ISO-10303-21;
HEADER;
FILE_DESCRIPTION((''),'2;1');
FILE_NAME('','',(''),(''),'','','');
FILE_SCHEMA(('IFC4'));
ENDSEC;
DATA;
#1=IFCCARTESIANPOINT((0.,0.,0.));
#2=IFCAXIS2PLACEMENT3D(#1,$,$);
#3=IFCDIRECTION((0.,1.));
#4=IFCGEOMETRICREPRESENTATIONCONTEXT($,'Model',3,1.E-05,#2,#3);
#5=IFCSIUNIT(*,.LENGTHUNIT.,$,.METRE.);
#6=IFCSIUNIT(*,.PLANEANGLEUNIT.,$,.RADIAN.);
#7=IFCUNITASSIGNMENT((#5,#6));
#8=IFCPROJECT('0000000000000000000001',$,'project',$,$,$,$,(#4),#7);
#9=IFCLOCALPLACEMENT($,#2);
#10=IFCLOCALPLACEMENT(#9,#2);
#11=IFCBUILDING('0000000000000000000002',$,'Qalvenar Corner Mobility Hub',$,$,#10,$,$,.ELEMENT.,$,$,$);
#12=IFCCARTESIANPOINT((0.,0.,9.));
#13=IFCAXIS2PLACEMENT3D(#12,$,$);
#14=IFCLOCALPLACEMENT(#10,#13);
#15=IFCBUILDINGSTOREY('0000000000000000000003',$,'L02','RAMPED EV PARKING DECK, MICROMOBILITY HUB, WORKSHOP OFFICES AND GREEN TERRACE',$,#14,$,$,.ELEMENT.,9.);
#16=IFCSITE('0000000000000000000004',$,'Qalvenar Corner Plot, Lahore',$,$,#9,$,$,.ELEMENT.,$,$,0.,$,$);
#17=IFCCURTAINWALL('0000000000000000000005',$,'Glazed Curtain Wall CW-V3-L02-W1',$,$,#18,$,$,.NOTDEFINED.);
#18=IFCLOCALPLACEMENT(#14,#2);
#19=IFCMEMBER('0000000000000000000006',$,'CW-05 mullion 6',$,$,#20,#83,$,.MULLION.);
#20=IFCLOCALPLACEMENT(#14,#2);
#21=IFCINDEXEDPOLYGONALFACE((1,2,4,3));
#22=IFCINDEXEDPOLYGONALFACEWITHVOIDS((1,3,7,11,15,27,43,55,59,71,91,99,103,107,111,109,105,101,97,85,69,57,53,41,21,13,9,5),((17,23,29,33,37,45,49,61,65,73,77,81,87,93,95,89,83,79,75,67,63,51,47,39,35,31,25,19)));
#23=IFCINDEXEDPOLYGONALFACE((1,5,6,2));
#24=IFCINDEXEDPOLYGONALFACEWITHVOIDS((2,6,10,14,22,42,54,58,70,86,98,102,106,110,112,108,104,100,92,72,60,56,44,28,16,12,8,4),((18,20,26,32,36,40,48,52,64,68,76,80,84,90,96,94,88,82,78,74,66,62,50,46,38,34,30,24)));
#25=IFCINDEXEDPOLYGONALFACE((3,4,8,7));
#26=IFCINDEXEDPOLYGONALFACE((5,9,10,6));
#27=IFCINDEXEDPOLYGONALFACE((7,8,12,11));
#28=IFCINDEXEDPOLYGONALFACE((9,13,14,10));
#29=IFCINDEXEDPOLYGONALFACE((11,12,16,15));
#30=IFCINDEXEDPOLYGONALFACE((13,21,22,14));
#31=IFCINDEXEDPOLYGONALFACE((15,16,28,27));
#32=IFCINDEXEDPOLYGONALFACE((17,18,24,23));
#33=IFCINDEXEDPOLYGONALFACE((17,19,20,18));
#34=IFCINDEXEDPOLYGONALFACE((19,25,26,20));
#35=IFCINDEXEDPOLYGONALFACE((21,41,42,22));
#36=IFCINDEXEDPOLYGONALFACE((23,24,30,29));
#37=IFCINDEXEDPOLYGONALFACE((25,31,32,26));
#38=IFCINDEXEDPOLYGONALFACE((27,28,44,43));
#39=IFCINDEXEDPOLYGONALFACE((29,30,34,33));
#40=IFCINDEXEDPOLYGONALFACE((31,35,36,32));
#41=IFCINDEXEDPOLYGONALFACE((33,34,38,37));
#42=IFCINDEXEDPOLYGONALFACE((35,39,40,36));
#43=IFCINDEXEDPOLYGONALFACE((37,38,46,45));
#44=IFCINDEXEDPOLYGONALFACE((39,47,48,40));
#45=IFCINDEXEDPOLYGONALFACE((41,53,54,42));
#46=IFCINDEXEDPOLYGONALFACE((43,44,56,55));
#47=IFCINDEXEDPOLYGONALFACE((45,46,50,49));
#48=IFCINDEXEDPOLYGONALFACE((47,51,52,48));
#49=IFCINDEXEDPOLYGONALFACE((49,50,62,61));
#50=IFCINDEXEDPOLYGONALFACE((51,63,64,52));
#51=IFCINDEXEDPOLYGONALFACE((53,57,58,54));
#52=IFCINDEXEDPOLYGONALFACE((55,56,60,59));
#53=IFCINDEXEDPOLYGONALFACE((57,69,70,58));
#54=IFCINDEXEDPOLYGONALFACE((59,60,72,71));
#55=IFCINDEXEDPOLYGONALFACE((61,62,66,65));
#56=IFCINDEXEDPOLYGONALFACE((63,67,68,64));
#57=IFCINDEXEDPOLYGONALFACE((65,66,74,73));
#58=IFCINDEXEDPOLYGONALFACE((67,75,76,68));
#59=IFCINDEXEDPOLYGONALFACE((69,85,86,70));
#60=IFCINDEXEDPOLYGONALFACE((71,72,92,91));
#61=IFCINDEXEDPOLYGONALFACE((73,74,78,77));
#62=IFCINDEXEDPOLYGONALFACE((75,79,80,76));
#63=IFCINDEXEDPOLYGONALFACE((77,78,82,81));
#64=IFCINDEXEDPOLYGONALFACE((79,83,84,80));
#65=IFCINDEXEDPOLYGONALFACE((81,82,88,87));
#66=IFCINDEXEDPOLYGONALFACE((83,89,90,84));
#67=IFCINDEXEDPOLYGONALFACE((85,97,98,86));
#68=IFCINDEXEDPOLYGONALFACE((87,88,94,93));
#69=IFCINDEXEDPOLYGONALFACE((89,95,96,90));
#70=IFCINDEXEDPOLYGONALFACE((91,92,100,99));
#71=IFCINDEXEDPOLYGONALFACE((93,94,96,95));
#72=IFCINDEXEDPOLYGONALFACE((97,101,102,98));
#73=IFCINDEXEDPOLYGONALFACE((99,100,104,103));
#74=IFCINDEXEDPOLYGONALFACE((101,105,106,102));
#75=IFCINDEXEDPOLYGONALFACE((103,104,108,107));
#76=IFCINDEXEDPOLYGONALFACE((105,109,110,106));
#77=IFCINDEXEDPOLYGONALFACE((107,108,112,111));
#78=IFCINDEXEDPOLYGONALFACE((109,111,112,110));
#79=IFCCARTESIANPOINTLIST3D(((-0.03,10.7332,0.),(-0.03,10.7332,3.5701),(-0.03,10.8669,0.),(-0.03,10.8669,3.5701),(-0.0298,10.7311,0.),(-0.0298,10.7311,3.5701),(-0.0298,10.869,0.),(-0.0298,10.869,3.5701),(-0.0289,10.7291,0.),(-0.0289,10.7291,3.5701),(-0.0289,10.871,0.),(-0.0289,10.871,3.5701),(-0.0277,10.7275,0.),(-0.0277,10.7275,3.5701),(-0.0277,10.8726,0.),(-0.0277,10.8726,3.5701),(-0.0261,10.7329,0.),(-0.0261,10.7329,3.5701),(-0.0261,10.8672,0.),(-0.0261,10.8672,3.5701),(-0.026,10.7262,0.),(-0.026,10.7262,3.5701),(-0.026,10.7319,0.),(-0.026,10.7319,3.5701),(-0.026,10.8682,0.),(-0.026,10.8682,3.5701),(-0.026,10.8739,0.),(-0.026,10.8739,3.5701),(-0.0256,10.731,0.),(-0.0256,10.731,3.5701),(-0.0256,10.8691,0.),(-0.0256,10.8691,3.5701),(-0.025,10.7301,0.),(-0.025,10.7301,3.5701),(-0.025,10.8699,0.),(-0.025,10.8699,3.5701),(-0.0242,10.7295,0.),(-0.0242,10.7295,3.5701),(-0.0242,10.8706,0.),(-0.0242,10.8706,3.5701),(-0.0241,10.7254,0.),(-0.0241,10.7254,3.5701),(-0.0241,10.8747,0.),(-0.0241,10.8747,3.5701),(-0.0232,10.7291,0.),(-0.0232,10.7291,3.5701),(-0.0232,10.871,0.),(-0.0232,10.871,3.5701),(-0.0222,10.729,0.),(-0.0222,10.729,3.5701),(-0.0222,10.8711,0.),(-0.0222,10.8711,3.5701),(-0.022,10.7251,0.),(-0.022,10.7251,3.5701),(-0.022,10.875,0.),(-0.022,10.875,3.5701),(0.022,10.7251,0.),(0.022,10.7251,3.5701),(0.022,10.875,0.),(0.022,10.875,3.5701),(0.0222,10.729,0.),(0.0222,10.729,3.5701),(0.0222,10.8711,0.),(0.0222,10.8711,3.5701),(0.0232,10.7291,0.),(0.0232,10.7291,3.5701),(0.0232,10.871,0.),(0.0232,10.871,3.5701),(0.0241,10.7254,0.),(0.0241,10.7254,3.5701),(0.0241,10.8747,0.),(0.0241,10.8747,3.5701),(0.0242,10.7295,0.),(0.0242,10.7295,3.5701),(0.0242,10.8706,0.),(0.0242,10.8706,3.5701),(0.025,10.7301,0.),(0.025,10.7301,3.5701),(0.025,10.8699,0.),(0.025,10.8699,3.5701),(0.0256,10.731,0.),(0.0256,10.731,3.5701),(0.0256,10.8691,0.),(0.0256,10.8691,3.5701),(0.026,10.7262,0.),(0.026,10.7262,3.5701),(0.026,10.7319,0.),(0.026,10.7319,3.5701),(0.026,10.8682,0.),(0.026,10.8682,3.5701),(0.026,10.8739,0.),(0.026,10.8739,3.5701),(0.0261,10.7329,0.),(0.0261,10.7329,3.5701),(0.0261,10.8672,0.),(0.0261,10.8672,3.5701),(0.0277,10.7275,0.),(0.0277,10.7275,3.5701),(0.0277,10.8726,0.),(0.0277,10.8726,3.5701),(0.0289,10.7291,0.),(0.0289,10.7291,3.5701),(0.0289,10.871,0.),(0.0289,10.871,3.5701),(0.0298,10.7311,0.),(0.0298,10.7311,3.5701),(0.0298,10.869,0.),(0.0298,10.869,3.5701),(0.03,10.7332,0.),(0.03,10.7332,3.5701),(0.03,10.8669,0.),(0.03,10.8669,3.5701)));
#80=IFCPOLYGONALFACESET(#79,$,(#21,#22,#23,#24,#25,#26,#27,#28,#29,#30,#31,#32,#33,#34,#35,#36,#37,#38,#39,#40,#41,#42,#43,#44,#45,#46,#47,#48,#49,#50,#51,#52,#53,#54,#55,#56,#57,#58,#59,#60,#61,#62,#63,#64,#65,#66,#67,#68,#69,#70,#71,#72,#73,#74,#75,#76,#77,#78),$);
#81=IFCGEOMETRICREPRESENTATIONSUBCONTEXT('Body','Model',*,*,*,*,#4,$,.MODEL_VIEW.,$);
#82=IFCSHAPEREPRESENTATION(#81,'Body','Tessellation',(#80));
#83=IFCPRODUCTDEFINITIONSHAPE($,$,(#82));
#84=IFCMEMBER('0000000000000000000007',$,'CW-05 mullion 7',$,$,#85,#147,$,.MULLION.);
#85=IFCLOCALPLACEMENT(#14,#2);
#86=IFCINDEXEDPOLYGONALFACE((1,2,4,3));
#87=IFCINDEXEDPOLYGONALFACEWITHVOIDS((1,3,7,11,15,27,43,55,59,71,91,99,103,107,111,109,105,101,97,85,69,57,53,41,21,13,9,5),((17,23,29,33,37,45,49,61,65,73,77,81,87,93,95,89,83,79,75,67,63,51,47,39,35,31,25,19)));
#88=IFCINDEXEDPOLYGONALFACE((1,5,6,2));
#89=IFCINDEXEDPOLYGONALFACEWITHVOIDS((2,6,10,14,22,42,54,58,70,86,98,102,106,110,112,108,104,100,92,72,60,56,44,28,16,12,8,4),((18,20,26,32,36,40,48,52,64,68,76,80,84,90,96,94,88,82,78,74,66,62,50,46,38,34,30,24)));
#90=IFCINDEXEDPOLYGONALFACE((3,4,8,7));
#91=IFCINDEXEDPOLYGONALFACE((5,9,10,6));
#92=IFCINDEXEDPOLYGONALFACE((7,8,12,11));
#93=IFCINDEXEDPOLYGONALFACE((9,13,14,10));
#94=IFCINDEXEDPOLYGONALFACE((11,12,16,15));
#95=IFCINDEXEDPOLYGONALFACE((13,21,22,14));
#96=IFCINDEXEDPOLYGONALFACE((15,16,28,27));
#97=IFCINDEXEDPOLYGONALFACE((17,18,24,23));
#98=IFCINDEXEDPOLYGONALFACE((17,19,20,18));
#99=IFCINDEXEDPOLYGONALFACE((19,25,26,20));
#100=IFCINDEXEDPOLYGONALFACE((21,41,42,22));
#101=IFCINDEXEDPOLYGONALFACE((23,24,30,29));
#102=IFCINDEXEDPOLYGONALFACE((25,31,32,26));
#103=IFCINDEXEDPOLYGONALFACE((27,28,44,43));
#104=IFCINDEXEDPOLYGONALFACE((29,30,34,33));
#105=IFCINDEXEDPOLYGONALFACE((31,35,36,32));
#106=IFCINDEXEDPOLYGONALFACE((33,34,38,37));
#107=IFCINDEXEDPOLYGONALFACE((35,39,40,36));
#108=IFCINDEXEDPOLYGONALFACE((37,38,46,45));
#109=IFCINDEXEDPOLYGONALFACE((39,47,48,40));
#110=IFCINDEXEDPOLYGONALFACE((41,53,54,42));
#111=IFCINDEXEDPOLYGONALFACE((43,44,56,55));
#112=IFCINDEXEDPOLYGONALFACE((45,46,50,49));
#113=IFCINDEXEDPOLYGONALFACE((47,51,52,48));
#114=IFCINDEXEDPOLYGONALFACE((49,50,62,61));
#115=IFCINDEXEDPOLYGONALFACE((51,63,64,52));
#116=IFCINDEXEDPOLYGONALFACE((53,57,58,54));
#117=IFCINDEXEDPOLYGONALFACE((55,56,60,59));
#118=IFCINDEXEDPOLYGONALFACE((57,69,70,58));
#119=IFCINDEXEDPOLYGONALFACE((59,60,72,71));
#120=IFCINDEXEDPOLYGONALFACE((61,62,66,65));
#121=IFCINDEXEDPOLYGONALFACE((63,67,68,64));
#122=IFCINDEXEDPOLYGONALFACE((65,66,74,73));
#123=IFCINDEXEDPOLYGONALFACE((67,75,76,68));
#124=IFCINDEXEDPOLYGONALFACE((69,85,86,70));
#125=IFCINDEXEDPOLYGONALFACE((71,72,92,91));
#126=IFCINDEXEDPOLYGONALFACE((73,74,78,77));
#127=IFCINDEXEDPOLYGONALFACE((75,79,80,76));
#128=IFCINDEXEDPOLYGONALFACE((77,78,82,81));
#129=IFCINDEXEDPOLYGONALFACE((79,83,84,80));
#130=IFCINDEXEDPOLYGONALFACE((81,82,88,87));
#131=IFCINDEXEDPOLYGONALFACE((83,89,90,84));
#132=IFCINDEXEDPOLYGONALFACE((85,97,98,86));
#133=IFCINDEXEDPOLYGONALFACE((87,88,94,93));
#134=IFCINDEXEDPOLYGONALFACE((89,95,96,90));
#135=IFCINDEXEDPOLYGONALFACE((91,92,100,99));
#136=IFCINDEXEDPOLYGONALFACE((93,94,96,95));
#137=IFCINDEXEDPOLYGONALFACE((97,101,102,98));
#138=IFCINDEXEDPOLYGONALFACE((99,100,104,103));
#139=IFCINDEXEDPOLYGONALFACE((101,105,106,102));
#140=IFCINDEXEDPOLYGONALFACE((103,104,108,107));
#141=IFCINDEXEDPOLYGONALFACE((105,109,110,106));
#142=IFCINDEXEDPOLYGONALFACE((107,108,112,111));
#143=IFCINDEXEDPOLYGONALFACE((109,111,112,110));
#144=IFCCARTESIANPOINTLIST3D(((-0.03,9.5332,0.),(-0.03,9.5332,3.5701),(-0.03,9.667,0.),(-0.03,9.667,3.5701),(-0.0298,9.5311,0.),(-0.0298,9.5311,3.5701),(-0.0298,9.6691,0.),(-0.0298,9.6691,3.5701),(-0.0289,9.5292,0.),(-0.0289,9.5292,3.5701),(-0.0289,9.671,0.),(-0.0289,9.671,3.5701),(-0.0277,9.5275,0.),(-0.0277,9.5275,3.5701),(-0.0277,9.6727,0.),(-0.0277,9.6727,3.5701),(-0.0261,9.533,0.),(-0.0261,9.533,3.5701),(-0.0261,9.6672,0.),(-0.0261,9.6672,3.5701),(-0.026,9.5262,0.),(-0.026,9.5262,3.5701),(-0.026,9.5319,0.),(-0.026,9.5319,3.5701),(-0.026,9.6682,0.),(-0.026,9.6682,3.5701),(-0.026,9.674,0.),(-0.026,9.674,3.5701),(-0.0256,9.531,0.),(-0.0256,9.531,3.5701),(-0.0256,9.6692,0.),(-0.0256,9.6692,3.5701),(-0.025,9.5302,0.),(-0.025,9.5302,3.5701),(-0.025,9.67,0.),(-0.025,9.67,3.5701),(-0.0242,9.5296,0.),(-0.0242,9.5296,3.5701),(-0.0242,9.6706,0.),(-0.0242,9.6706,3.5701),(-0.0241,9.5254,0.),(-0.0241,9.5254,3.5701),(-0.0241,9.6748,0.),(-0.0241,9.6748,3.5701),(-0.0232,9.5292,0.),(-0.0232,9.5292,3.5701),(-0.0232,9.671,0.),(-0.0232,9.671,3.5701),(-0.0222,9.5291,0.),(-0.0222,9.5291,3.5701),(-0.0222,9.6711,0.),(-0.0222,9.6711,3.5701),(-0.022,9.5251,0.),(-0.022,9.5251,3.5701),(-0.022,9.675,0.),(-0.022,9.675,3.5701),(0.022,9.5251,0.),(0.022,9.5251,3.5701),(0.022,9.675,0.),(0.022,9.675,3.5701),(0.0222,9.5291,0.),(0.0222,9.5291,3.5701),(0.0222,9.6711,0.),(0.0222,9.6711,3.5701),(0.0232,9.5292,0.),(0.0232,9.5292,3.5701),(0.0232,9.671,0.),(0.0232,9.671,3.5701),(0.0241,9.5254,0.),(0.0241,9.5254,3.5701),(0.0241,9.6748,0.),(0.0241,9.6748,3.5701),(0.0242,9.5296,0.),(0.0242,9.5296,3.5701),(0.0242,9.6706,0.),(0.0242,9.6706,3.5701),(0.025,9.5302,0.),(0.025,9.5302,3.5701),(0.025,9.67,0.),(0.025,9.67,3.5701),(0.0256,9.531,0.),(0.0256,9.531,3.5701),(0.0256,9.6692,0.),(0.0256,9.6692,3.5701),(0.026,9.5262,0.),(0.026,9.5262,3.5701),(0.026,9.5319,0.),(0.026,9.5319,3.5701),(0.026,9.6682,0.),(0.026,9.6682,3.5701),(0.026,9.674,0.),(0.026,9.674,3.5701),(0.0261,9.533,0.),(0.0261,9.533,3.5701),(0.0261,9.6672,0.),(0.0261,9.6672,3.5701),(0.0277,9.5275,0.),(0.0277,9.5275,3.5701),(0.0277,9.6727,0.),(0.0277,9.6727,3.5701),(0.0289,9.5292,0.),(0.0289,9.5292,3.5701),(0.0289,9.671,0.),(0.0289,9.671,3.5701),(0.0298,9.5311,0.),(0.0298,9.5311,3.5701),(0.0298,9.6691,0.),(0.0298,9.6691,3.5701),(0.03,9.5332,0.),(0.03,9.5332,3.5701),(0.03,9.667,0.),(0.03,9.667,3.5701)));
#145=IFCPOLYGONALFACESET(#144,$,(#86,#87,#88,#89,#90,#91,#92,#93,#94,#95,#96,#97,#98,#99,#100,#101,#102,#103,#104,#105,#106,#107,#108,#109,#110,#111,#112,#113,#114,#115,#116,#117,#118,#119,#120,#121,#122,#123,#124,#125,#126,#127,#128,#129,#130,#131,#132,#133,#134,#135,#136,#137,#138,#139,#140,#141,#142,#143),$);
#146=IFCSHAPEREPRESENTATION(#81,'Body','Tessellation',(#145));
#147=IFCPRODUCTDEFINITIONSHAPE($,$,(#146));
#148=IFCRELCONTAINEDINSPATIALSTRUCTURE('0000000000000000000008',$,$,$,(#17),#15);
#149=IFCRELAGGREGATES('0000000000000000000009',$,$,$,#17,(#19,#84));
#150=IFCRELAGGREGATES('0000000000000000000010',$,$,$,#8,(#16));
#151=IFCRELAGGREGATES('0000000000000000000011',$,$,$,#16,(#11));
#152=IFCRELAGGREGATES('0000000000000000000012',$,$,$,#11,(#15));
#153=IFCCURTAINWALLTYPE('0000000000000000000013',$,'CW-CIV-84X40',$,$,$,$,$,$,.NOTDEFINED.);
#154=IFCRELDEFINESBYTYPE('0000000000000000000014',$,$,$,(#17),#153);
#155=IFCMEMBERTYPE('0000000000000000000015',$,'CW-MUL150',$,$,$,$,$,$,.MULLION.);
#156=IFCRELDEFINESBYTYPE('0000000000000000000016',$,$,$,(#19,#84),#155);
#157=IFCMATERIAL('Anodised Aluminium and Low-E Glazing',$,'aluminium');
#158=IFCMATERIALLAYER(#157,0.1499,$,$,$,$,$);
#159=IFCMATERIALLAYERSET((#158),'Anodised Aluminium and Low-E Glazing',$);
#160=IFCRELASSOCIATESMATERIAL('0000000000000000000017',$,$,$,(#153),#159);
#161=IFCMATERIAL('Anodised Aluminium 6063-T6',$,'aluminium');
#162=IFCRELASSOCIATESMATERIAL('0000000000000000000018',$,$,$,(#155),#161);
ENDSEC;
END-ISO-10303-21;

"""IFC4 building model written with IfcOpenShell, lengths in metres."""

from ifc_helpers import new_model, si_unit, direction, frame, origin, origin_2d, place, context, subcontext, project, spatial, hollow_rectangle, extrude, material, layer, layer_set, material_profile, profile_set, type_object, element, aggregate, save


model = new_model("IFC4")

# Units and contexts
model_context = context("Model", 3, precision=1e-05, world=origin(), true_north=direction((0.0, 1.0)))
body_context = subcontext(model_context, "Body", "Model", "MODEL_VIEW")
ifc_project = project(units=[si_unit("LENGTHUNIT", "METRE"), si_unit("PLANEANGLEUNIT", "RADIAN")], contexts=[model_context])

# Site, building, storey
site_placement = place(None, origin())
site = spatial("IfcSite", under=ifc_project, at=site_placement, Name="Qalvenar Corner Plot, Lahore", CompositionType="ELEMENT", RefElevation=0.0)
building_placement = place(site_placement, origin())
building = spatial("IfcBuilding", under=site, at=building_placement, Name="Qalvenar Corner Mobility Hub", CompositionType="ELEMENT")
storey_placement = place(building_placement, frame((0.0, 0.0, 9.0)))
storey = spatial("IfcBuildingStorey", under=building, at=storey_placement, Name="L02", Description="RAMPED EV PARKING DECK, MICROMOBILITY HUB, WORKSHOP OFFICES AND GREEN TERRACE", CompositionType="ELEMENT", Elevation=9.0)

# Curtain wall, members
ifc_material_1 = material(Name="Anodised Aluminium and Low-E Glazing", Category="aluminium")
ifc_layer_1 = layer(ifc_material_1, 0.1499)
ifc_layer_set_1 = layer_set([ifc_layer_1], Name="Anodised Aluminium and Low-E Glazing")
curtain_wall_type = type_object("IfcCurtainWallType", Name="CW-CIV-84X40", PredefinedType="NOTDEFINED", material=ifc_layer_set_1)
curtain_wall_placement = place(storey_placement, origin())
curtain_wall = element("IfcCurtainWall", 1, at=curtain_wall_placement, inside=storey, type_object=curtain_wall_type, Name="Glazed Curtain Wall CW-V3-L02-W1", PredefinedType="NOTDEFINED")
ifc_material_2 = material(Name="Anodised Aluminium 6063-T6", Category="aluminium")
ifc_material_profile_1 = material_profile(ifc_material_2, hollow_rectangle(XDim=0.0601, YDim=0.1499, WallThickness=0.0039, InnerFilletRadius=0.0039, OuterFilletRadius=0.0081, at=origin_2d()), Name="RHS150x60x4")
ifc_profile_set_1 = profile_set([ifc_material_profile_1], Name="Anodised Aluminium 6063-T6")
member_type_1 = type_object("IfcMemberType", Name="CW-MUL150", PredefinedType="MULLION", material=ifc_profile_set_1)
member_1_placement = place(storey_placement, frame((0.0, 10.8, 0.0), z_axis=(0.0, 0.0, 1.0), x_axis=(1.0, 0.0, 0.0)))
member_1 = element("IfcMember", 2, at=member_1_placement, type_object=member_type_1, Name="CW-05 mullion 6", PredefinedType="MULLION", context=body_context, shape_type="SweptSolid", body=[
    extrude(hollow_rectangle(XDim=0.0601, YDim=0.1499, WallThickness=0.0039, InnerFilletRadius=0.0039, OuterFilletRadius=0.0081, at=origin_2d()), origin(), (0.0, 0.0, 1.0), 3.5701),
])
member_2_placement = place(storey_placement, frame((0.0, 9.6001, 0.0), z_axis=(0.0, 0.0, 1.0), x_axis=(1.0, 0.0, 0.0)))
member_2 = element("IfcMember", 3, at=member_2_placement, type_object=member_type_1, Name="CW-05 mullion 7", PredefinedType="MULLION", context=body_context, shape_type="SweptSolid", body=[
    extrude(hollow_rectangle(XDim=0.0601, YDim=0.1499, WallThickness=0.0039, InnerFilletRadius=0.0039, OuterFilletRadius=0.0081, at=origin_2d()), origin(), (0.0, 0.0, 1.0), 3.5701),
])
aggregate(curtain_wall, [member_1, member_2])

save(model, "model.ifc")
